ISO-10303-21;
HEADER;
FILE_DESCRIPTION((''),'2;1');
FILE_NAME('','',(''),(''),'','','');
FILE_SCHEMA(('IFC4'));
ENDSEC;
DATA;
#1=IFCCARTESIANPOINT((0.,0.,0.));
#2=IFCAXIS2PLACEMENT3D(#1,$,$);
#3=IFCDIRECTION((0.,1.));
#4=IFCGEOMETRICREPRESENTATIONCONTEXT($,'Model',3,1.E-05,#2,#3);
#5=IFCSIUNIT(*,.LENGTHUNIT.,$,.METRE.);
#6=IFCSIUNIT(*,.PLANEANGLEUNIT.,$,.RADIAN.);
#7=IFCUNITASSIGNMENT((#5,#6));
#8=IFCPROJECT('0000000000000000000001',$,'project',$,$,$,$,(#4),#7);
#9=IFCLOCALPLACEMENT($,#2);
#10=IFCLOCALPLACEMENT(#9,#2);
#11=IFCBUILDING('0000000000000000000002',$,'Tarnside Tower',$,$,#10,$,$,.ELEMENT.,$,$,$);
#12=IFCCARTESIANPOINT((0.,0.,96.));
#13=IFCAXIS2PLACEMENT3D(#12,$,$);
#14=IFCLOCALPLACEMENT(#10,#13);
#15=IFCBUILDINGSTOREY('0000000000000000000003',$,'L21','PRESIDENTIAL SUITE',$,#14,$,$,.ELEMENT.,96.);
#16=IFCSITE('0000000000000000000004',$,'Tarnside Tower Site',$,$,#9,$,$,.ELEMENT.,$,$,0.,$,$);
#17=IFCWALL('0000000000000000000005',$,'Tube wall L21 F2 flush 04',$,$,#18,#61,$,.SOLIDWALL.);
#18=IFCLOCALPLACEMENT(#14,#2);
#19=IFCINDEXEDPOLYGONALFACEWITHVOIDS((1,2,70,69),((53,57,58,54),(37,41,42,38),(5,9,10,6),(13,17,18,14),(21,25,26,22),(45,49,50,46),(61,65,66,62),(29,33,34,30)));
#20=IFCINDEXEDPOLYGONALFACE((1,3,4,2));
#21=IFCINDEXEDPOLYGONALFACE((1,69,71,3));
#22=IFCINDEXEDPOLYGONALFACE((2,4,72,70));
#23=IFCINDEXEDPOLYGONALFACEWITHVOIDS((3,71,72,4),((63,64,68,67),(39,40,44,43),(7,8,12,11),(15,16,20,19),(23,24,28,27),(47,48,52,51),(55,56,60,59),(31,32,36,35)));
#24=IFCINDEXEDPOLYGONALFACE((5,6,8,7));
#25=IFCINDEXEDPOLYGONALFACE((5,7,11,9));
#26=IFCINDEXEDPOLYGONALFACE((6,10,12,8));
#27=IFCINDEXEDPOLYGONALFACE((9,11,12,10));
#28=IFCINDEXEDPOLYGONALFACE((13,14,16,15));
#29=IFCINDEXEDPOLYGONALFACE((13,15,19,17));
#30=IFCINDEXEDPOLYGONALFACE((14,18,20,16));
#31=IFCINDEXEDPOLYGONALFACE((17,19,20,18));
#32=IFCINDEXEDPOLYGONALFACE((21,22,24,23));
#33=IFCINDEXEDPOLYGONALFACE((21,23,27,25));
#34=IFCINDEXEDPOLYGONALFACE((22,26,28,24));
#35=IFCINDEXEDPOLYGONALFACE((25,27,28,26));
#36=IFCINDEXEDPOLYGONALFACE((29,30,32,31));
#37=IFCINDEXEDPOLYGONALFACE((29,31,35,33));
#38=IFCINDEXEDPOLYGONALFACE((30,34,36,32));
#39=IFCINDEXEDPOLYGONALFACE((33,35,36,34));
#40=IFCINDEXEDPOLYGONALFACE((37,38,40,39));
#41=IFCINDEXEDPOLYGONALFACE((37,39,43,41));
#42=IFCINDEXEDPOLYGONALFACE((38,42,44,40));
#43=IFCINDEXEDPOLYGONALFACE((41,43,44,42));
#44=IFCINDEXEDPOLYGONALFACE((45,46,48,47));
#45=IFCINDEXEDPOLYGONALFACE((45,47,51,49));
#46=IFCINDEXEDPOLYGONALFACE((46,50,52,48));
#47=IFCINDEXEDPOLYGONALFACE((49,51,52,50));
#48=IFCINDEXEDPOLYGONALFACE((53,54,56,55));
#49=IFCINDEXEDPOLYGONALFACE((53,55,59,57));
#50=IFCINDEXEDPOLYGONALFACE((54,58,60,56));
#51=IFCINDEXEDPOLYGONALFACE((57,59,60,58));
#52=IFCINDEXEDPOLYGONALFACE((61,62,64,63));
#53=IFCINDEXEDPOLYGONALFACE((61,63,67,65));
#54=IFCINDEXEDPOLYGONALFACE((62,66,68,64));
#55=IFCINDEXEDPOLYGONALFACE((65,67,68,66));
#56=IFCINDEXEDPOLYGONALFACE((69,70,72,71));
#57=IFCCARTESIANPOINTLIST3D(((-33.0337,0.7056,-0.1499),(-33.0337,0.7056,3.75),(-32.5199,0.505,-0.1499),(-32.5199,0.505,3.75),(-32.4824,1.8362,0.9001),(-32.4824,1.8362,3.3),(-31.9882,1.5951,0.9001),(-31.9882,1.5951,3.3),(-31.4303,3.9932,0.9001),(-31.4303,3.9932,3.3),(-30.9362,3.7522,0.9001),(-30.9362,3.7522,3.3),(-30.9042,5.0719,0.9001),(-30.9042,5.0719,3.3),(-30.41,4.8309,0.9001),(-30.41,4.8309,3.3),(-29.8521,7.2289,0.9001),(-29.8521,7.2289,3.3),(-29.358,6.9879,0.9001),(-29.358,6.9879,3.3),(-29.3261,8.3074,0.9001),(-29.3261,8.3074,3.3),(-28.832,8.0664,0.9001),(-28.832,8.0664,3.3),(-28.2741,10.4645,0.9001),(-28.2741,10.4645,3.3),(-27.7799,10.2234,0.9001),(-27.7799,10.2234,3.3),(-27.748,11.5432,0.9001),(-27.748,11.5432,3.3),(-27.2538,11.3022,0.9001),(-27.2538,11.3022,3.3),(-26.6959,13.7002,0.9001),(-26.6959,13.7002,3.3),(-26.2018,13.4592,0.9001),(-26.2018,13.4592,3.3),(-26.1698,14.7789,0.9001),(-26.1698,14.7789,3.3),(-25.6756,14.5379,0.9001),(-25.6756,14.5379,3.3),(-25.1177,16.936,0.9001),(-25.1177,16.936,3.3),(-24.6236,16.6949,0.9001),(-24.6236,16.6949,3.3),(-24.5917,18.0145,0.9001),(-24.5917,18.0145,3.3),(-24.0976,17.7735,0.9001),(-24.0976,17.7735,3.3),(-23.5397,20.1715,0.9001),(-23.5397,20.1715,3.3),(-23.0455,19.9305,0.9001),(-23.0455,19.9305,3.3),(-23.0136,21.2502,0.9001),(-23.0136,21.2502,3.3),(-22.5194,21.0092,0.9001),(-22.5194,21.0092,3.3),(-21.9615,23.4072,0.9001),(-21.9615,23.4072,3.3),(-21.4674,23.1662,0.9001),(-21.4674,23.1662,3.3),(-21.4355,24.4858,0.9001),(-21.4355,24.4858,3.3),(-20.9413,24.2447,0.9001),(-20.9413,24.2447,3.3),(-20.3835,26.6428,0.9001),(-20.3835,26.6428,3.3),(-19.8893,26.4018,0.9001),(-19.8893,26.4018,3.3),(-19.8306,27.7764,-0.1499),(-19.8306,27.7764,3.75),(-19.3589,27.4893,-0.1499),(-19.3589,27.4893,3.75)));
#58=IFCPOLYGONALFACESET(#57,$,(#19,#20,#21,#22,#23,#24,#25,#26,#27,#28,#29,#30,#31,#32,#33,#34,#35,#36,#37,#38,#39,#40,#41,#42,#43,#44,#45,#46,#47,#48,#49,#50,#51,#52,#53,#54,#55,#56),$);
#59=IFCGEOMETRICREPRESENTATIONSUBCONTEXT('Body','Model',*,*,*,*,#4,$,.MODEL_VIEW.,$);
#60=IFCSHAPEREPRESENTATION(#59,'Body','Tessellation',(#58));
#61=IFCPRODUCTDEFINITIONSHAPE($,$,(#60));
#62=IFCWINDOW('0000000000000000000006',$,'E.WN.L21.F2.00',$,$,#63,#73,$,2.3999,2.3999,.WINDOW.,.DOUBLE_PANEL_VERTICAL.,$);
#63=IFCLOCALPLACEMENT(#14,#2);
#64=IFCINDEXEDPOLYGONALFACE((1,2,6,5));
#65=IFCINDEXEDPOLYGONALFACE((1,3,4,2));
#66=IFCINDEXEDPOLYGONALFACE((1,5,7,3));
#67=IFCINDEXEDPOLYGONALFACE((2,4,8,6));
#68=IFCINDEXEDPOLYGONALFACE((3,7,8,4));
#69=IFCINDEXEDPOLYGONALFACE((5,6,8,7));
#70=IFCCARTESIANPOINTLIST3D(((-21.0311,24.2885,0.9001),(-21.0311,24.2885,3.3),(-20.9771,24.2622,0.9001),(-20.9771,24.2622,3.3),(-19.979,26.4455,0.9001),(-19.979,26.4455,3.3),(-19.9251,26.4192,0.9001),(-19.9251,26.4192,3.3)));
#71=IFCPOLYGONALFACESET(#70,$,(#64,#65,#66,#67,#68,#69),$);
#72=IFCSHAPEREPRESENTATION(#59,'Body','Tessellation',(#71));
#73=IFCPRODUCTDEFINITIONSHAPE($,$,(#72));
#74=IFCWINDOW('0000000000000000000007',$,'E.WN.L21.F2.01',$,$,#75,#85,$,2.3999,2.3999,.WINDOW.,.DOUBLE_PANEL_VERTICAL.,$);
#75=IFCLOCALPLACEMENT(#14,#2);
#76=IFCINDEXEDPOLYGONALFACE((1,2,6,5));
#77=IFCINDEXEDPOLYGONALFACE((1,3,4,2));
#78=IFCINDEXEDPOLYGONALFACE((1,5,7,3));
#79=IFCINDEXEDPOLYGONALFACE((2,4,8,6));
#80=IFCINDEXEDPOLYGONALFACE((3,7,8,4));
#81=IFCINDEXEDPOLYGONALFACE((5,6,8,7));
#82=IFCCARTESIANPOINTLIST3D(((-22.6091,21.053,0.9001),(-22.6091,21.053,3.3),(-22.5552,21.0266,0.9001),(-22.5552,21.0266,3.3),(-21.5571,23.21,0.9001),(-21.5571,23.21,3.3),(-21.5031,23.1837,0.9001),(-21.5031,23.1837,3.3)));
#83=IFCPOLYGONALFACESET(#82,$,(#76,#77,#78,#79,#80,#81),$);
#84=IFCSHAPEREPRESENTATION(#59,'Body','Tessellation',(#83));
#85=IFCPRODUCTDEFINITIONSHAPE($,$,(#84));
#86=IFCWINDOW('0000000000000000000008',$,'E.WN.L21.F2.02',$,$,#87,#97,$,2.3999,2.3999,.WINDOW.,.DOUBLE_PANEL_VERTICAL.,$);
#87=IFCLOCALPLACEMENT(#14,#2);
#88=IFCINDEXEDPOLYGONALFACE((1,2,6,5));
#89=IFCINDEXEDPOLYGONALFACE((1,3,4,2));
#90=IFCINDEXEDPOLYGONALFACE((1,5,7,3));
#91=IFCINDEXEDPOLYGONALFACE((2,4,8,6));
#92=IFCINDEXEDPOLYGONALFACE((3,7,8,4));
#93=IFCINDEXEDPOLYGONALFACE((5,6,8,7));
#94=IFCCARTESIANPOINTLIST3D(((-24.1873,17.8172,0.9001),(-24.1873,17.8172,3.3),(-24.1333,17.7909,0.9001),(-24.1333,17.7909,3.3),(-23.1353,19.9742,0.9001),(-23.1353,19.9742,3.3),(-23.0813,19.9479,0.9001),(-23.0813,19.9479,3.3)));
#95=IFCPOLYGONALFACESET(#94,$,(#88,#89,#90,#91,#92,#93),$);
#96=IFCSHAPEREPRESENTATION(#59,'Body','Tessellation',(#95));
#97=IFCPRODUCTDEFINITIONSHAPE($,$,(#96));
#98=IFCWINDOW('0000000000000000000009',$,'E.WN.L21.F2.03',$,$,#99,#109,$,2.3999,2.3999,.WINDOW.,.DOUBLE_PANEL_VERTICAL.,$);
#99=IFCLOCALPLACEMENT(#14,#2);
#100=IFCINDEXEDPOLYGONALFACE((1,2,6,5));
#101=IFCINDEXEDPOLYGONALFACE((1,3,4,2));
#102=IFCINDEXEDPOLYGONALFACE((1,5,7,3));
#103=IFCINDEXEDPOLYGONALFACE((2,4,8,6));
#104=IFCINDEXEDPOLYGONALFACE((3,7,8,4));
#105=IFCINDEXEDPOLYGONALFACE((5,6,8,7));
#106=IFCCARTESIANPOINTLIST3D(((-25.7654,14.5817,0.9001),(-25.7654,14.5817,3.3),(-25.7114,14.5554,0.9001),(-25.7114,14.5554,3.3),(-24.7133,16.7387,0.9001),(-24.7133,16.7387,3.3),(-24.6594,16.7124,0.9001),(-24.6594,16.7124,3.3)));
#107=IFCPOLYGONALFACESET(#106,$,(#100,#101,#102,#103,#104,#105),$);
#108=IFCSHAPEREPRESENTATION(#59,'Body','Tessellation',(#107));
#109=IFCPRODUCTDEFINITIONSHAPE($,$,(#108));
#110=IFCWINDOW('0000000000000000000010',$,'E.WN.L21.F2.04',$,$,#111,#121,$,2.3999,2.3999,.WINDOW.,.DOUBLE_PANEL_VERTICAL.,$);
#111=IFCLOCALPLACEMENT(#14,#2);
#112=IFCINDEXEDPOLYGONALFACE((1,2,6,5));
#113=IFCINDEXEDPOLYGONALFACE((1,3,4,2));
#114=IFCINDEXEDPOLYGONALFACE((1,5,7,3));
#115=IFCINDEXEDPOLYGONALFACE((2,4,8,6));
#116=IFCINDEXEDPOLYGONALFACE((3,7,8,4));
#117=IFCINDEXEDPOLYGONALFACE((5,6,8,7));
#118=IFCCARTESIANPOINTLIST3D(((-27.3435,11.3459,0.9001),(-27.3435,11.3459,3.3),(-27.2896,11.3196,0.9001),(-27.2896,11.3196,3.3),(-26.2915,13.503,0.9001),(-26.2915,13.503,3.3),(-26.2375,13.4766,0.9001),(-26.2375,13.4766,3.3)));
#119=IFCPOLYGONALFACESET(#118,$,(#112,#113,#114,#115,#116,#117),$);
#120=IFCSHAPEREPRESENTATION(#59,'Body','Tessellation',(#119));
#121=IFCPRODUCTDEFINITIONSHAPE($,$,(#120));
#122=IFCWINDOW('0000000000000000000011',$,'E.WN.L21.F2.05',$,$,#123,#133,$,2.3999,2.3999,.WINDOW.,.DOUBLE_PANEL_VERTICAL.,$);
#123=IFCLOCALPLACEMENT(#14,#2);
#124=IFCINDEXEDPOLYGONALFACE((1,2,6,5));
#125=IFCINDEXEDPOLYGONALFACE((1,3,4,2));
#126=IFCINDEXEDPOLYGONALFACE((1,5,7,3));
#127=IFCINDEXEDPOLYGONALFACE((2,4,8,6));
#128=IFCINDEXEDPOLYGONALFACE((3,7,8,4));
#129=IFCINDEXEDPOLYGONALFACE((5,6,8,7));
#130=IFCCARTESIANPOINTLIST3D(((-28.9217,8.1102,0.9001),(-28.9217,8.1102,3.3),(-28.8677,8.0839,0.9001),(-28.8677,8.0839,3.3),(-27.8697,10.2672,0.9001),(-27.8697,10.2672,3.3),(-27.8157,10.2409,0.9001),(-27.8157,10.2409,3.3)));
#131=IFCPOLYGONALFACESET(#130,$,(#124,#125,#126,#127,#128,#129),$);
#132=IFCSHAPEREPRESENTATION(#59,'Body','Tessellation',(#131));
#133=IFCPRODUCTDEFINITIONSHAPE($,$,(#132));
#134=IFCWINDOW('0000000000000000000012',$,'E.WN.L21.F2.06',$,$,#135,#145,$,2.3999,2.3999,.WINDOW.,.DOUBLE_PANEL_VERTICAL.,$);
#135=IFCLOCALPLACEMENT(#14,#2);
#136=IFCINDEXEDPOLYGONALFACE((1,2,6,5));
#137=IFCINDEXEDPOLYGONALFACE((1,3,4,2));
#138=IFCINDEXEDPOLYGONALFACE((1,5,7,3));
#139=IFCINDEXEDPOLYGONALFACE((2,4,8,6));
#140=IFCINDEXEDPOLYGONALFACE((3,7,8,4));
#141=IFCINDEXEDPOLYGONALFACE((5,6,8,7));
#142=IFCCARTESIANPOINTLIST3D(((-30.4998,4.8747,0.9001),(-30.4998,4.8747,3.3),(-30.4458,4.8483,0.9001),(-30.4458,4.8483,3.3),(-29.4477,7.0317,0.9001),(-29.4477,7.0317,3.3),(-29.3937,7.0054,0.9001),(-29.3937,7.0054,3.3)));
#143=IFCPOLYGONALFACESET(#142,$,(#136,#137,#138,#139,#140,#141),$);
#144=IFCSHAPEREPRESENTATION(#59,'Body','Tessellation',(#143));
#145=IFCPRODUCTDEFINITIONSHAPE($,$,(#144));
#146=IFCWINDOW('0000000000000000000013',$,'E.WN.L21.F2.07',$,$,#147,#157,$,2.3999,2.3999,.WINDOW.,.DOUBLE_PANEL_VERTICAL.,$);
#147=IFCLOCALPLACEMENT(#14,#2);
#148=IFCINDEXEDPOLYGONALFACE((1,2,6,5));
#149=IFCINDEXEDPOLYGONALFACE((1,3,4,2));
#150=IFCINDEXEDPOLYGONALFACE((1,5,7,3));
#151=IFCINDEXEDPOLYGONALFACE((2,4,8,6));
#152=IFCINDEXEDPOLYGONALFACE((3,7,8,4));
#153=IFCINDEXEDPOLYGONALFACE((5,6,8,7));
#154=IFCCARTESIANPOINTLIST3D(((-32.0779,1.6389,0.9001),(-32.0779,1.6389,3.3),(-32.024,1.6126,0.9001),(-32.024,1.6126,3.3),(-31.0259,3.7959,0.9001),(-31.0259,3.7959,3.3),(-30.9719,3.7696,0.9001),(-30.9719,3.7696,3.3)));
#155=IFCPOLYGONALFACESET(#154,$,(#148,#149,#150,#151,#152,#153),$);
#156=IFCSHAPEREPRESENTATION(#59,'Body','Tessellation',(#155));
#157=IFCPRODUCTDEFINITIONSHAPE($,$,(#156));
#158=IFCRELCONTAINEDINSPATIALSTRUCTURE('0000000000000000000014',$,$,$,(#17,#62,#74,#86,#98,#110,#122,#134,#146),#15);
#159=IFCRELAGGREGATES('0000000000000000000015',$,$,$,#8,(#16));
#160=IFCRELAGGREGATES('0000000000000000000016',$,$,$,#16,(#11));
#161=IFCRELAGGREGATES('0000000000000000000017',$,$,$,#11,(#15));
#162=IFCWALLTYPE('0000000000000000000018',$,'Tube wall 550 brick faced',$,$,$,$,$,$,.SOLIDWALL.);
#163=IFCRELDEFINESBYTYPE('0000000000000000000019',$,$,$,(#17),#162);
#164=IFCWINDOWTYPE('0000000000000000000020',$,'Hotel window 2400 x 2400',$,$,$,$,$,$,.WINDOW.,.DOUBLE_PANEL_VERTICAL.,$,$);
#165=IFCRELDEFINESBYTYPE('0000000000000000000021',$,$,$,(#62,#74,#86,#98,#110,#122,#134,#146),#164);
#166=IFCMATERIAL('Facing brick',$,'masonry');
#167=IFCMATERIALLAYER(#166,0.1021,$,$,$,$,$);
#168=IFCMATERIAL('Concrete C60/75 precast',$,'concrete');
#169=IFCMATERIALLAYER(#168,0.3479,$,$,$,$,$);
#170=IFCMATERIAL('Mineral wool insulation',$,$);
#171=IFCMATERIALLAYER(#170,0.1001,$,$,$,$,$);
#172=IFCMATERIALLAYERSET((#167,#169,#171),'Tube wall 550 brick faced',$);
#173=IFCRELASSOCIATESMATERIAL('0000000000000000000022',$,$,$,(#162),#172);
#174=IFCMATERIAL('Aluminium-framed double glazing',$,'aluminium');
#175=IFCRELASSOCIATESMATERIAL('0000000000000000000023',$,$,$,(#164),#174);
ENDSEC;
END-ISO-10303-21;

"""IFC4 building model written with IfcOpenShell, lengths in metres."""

from ifc_helpers import new_model, si_unit, direction, frame, frame_2d, origin, place, context, subcontext, project, spatial, polyline, rectangle, outline, extrude, material, layer, layer_set, type_object, element, fill, save


model = new_model("IFC4")

# Units and contexts
model_context = context("Model", 3, precision=1e-05, world=origin(), true_north=direction((0.0, 1.0)))
body_context = subcontext(model_context, "Body", "Model", "MODEL_VIEW")
ifc_project = project(units=[si_unit("LENGTHUNIT", "METRE"), si_unit("PLANEANGLEUNIT", "RADIAN")], contexts=[model_context])

# Site, building, storey
site_placement = place(None, origin())
site = spatial("IfcSite", under=ifc_project, at=site_placement, Name="Tarnside Tower Site", CompositionType="ELEMENT", RefElevation=0.0)
building_placement = place(site_placement, origin())
building = spatial("IfcBuilding", under=site, at=building_placement, Name="Tarnside Tower", CompositionType="ELEMENT")
storey_placement = place(building_placement, frame((0.0, 0.0, 96.0)))
storey = spatial("IfcBuildingStorey", under=building, at=storey_placement, Name="L21", Description="PRESIDENTIAL SUITE", CompositionType="ELEMENT", Elevation=96.0)

# Shared definitions
ifc_material_1 = material(Name="Facing brick", Category="masonry")
ifc_layer_1 = layer(ifc_material_1, 0.1021)
ifc_material_2 = material(Name="Concrete C60/75 precast", Category="concrete")
ifc_layer_2 = layer(ifc_material_2, 0.3479)
ifc_material_3 = material(Name="Mineral wool insulation")
ifc_layer_3 = layer(ifc_material_3, 0.1001)
ifc_layer_set_1 = layer_set([ifc_layer_1, ifc_layer_2, ifc_layer_3], Name="Tube wall 550 brick faced")
wall_type_1 = type_object("IfcWallType", Name="Tube wall 550 brick faced", PredefinedType="SOLIDWALL", material=ifc_layer_set_1)

# Wall, openings, windows
wall_1_placement = place(storey_placement, frame((-19.5947, 27.6328, -0.1499), z_axis=(0.0, 0.0, 1.0), x_axis=(-0.438368, -0.898795, 0.0)))
wall_1 = element("IfcWall", 1, at=wall_1_placement, inside=storey, type_object=wall_type_1, Name="Tube wall L21 F2 flush 04", PredefinedType="SOLIDWALL", context=body_context, shape_type="SweptSolid", body=[
    extrude(outline(polyline([(-0.0256, -0.2749), (30.0933, -0.2749), (30.0483, 0.2749), (0.0256, 0.2749), (-0.0256, -0.2749)])), origin(), (0.0, 0.0, 1.0), 3.8999),
])
opening_1_placement = place(wall_1_placement, frame((1.2356, 0.0, 1.05)))
opening_1 = element("IfcOpeningElement", 2, at=opening_1_placement, cuts=wall_1, PredefinedType="OPENING", context=body_context, shape_type="SweptSolid", body=[
    extrude(rectangle(XDim=2.3999, YDim=2.3999, at=frame_2d((1.2, 1.2))), frame((0.0, 0.2852, 0.0), z_axis=(0.0, -1.0, 0.0), x_axis=(1.0, 0.0, 0.0)), (0.0, 0.0, 1.0), 0.5701),
])
opening_2_placement = place(wall_1_placement, frame((4.8354, 0.0, 1.05)))
opening_2 = element("IfcOpeningElement", 3, at=opening_2_placement, cuts=wall_1, PredefinedType="OPENING", context=body_context, shape_type="SweptSolid", body=[
    extrude(rectangle(XDim=2.3999, YDim=2.3999, at=frame_2d((1.2, 1.2))), frame((0.0, 0.2852, 0.0), z_axis=(0.0, -1.0, 0.0), x_axis=(1.0, 0.0, 0.0)), (0.0, 0.0, 1.0), 0.5701),
])
opening_3_placement = place(wall_1_placement, frame((8.4355, 0.0, 1.05)))
opening_3 = element("IfcOpeningElement", 4, at=opening_3_placement, cuts=wall_1, PredefinedType="OPENING", context=body_context, shape_type="SweptSolid", body=[
    extrude(rectangle(XDim=2.3999, YDim=2.3999, at=frame_2d((1.2, 1.2))), frame((0.0, 0.2852, 0.0), z_axis=(0.0, -1.0, 0.0), x_axis=(1.0, 0.0, 0.0)), (0.0, 0.0, 1.0), 0.5701),
])
opening_4_placement = place(wall_1_placement, frame((12.0354, 0.0, 1.05)))
opening_4 = element("IfcOpeningElement", 5, at=opening_4_placement, cuts=wall_1, PredefinedType="OPENING", context=body_context, shape_type="SweptSolid", body=[
    extrude(rectangle(XDim=2.3999, YDim=2.3999, at=frame_2d((1.2, 1.2))), frame((0.0, 0.2852, 0.0), z_axis=(0.0, -1.0, 0.0), x_axis=(1.0, 0.0, 0.0)), (0.0, 0.0, 1.0), 0.5701),
])
opening_5_placement = place(wall_1_placement, frame((15.6355, 0.0, 1.05)))
opening_5 = element("IfcOpeningElement", 6, at=opening_5_placement, cuts=wall_1, PredefinedType="OPENING", context=body_context, shape_type="SweptSolid", body=[
    extrude(rectangle(XDim=2.3999, YDim=2.3999, at=frame_2d((1.2, 1.2))), frame((0.0, 0.2852, 0.0), z_axis=(0.0, -1.0, 0.0), x_axis=(1.0, 0.0, 0.0)), (0.0, 0.0, 1.0), 0.5701),
])
opening_6_placement = place(wall_1_placement, frame((19.2356, 0.0, 1.05)))
opening_6 = element("IfcOpeningElement", 7, at=opening_6_placement, cuts=wall_1, PredefinedType="OPENING", context=body_context, shape_type="SweptSolid", body=[
    extrude(rectangle(XDim=2.3999, YDim=2.3999, at=frame_2d((1.2, 1.2))), frame((0.0, 0.2852, 0.0), z_axis=(0.0, -1.0, 0.0), x_axis=(1.0, 0.0, 0.0)), (0.0, 0.0, 1.0), 0.5701),
])
opening_7_placement = place(wall_1_placement, frame((22.8354, 0.0, 1.05)))
opening_7 = element("IfcOpeningElement", 8, at=opening_7_placement, cuts=wall_1, PredefinedType="OPENING", context=body_context, shape_type="SweptSolid", body=[
    extrude(rectangle(XDim=2.3999, YDim=2.3999, at=frame_2d((1.2, 1.2))), frame((0.0, 0.2852, 0.0), z_axis=(0.0, -1.0, 0.0), x_axis=(1.0, 0.0, 0.0)), (0.0, 0.0, 1.0), 0.5701),
])
opening_8_placement = place(wall_1_placement, frame((26.4355, 0.0, 1.05)))
opening_8 = element("IfcOpeningElement", 9, at=opening_8_placement, cuts=wall_1, PredefinedType="OPENING", context=body_context, shape_type="SweptSolid", body=[
    extrude(rectangle(XDim=2.3999, YDim=2.3999, at=frame_2d((1.2, 1.2))), frame((0.0, 0.2852, 0.0), z_axis=(0.0, -1.0, 0.0), x_axis=(1.0, 0.0, 0.0)), (0.0, 0.0, 1.0), 0.5701),
])
ifc_material_4 = material(Name="Aluminium-framed double glazing", Category="aluminium")
window_type = type_object("IfcWindowType", Name="Hotel window 2400 x 2400", PartitioningType="DOUBLE_PANEL_VERTICAL", PredefinedType="WINDOW", material=ifc_material_4)
window_1_placement = place(opening_1_placement, frame((0.0, 0.2051, 0.0)))
window_1 = element("IfcWindow", 10, at=window_1_placement, inside=storey, type_object=window_type, Name="E.WN.L21.F2.00", OverallHeight=2.3999, OverallWidth=2.3999, PartitioningType="DOUBLE_PANEL_VERTICAL", PredefinedType="WINDOW", context=body_context, shape_type="SweptSolid", body=[
    extrude(rectangle(XDim=2.3999, YDim=2.3999, at=frame_2d((1.2, 1.2))), frame((0.0, 0.03, 0.0), z_axis=(0.0, -1.0, 0.0), x_axis=(1.0, 0.0, 0.0)), (0.0, 0.0, 1.0), 0.0601),
])
fill(opening_1, window_1)
window_2_placement = place(opening_2_placement, frame((0.0, 0.2051, 0.0)))
window_2 = element("IfcWindow", 11, at=window_2_placement, inside=storey, type_object=window_type, Name="E.WN.L21.F2.01", OverallHeight=2.3999, OverallWidth=2.3999, PartitioningType="DOUBLE_PANEL_VERTICAL", PredefinedType="WINDOW", context=body_context, shape_type="SweptSolid", body=[
    extrude(rectangle(XDim=2.3999, YDim=2.3999, at=frame_2d((1.2, 1.2))), frame((0.0, 0.03, 0.0), z_axis=(0.0, -1.0, 0.0), x_axis=(1.0, 0.0, 0.0)), (0.0, 0.0, 1.0), 0.0601),
])
fill(opening_2, window_2)
window_3_placement = place(opening_3_placement, frame((0.0, 0.2051, 0.0)))
window_3 = element("IfcWindow", 12, at=window_3_placement, inside=storey, type_object=window_type, Name="E.WN.L21.F2.02", OverallHeight=2.3999, OverallWidth=2.3999, PartitioningType="DOUBLE_PANEL_VERTICAL", PredefinedType="WINDOW", context=body_context, shape_type="SweptSolid", body=[
    extrude(rectangle(XDim=2.3999, YDim=2.3999, at=frame_2d((1.2, 1.2))), frame((0.0, 0.03, 0.0), z_axis=(0.0, -1.0, 0.0), x_axis=(1.0, 0.0, 0.0)), (0.0, 0.0, 1.0), 0.0601),
])
fill(opening_3, window_3)
window_4_placement = place(opening_4_placement, frame((0.0, 0.2051, 0.0)))
window_4 = element("IfcWindow", 13, at=window_4_placement, inside=storey, type_object=window_type, Name="E.WN.L21.F2.03", OverallHeight=2.3999, OverallWidth=2.3999, PartitioningType="DOUBLE_PANEL_VERTICAL", PredefinedType="WINDOW", context=body_context, shape_type="SweptSolid", body=[
    extrude(rectangle(XDim=2.3999, YDim=2.3999, at=frame_2d((1.2, 1.2))), frame((0.0, 0.03, 0.0), z_axis=(0.0, -1.0, 0.0), x_axis=(1.0, 0.0, 0.0)), (0.0, 0.0, 1.0), 0.0601),
])
fill(opening_4, window_4)
window_5_placement = place(opening_5_placement, frame((0.0, 0.2051, 0.0)))
window_5 = element("IfcWindow", 14, at=window_5_placement, inside=storey, type_object=window_type, Name="E.WN.L21.F2.04", OverallHeight=2.3999, OverallWidth=2.3999, PartitioningType="DOUBLE_PANEL_VERTICAL", PredefinedType="WINDOW", context=body_context, shape_type="SweptSolid", body=[
    extrude(rectangle(XDim=2.3999, YDim=2.3999, at=frame_2d((1.2, 1.2))), frame((0.0, 0.03, 0.0), z_axis=(0.0, -1.0, 0.0), x_axis=(1.0, 0.0, 0.0)), (0.0, 0.0, 1.0), 0.0601),
])
fill(opening_5, window_5)
window_6_placement = place(opening_6_placement, frame((0.0, 0.2051, 0.0)))
window_6 = element("IfcWindow", 15, at=window_6_placement, inside=storey, type_object=window_type, Name="E.WN.L21.F2.05", OverallHeight=2.3999, OverallWidth=2.3999, PartitioningType="DOUBLE_PANEL_VERTICAL", PredefinedType="WINDOW", context=body_context, shape_type="SweptSolid", body=[
    extrude(rectangle(XDim=2.3999, YDim=2.3999, at=frame_2d((1.2, 1.2))), frame((0.0, 0.03, 0.0), z_axis=(0.0, -1.0, 0.0), x_axis=(1.0, 0.0, 0.0)), (0.0, 0.0, 1.0), 0.0601),
])
fill(opening_6, window_6)
window_7_placement = place(opening_7_placement, frame((0.0, 0.2051, 0.0)))
window_7 = element("IfcWindow", 16, at=window_7_placement, inside=storey, type_object=window_type, Name="E.WN.L21.F2.06", OverallHeight=2.3999, OverallWidth=2.3999, PartitioningType="DOUBLE_PANEL_VERTICAL", PredefinedType="WINDOW", context=body_context, shape_type="SweptSolid", body=[
    extrude(rectangle(XDim=2.3999, YDim=2.3999, at=frame_2d((1.2, 1.2))), frame((0.0, 0.03, 0.0), z_axis=(0.0, -1.0, 0.0), x_axis=(1.0, 0.0, 0.0)), (0.0, 0.0, 1.0), 0.0601),
])
fill(opening_7, window_7)
window_8_placement = place(opening_8_placement, frame((0.0, 0.2051, 0.0)))
window_8 = element("IfcWindow", 17, at=window_8_placement, inside=storey, type_object=window_type, Name="E.WN.L21.F2.07", OverallHeight=2.3999, OverallWidth=2.3999, PartitioningType="DOUBLE_PANEL_VERTICAL", PredefinedType="WINDOW", context=body_context, shape_type="SweptSolid", body=[
    extrude(rectangle(XDim=2.3999, YDim=2.3999, at=frame_2d((1.2, 1.2))), frame((0.0, 0.03, 0.0), z_axis=(0.0, -1.0, 0.0), x_axis=(1.0, 0.0, 0.0)), (0.0, 0.0, 1.0), 0.0601),
])
fill(opening_8, window_8)

save(model, "model.ifc")
